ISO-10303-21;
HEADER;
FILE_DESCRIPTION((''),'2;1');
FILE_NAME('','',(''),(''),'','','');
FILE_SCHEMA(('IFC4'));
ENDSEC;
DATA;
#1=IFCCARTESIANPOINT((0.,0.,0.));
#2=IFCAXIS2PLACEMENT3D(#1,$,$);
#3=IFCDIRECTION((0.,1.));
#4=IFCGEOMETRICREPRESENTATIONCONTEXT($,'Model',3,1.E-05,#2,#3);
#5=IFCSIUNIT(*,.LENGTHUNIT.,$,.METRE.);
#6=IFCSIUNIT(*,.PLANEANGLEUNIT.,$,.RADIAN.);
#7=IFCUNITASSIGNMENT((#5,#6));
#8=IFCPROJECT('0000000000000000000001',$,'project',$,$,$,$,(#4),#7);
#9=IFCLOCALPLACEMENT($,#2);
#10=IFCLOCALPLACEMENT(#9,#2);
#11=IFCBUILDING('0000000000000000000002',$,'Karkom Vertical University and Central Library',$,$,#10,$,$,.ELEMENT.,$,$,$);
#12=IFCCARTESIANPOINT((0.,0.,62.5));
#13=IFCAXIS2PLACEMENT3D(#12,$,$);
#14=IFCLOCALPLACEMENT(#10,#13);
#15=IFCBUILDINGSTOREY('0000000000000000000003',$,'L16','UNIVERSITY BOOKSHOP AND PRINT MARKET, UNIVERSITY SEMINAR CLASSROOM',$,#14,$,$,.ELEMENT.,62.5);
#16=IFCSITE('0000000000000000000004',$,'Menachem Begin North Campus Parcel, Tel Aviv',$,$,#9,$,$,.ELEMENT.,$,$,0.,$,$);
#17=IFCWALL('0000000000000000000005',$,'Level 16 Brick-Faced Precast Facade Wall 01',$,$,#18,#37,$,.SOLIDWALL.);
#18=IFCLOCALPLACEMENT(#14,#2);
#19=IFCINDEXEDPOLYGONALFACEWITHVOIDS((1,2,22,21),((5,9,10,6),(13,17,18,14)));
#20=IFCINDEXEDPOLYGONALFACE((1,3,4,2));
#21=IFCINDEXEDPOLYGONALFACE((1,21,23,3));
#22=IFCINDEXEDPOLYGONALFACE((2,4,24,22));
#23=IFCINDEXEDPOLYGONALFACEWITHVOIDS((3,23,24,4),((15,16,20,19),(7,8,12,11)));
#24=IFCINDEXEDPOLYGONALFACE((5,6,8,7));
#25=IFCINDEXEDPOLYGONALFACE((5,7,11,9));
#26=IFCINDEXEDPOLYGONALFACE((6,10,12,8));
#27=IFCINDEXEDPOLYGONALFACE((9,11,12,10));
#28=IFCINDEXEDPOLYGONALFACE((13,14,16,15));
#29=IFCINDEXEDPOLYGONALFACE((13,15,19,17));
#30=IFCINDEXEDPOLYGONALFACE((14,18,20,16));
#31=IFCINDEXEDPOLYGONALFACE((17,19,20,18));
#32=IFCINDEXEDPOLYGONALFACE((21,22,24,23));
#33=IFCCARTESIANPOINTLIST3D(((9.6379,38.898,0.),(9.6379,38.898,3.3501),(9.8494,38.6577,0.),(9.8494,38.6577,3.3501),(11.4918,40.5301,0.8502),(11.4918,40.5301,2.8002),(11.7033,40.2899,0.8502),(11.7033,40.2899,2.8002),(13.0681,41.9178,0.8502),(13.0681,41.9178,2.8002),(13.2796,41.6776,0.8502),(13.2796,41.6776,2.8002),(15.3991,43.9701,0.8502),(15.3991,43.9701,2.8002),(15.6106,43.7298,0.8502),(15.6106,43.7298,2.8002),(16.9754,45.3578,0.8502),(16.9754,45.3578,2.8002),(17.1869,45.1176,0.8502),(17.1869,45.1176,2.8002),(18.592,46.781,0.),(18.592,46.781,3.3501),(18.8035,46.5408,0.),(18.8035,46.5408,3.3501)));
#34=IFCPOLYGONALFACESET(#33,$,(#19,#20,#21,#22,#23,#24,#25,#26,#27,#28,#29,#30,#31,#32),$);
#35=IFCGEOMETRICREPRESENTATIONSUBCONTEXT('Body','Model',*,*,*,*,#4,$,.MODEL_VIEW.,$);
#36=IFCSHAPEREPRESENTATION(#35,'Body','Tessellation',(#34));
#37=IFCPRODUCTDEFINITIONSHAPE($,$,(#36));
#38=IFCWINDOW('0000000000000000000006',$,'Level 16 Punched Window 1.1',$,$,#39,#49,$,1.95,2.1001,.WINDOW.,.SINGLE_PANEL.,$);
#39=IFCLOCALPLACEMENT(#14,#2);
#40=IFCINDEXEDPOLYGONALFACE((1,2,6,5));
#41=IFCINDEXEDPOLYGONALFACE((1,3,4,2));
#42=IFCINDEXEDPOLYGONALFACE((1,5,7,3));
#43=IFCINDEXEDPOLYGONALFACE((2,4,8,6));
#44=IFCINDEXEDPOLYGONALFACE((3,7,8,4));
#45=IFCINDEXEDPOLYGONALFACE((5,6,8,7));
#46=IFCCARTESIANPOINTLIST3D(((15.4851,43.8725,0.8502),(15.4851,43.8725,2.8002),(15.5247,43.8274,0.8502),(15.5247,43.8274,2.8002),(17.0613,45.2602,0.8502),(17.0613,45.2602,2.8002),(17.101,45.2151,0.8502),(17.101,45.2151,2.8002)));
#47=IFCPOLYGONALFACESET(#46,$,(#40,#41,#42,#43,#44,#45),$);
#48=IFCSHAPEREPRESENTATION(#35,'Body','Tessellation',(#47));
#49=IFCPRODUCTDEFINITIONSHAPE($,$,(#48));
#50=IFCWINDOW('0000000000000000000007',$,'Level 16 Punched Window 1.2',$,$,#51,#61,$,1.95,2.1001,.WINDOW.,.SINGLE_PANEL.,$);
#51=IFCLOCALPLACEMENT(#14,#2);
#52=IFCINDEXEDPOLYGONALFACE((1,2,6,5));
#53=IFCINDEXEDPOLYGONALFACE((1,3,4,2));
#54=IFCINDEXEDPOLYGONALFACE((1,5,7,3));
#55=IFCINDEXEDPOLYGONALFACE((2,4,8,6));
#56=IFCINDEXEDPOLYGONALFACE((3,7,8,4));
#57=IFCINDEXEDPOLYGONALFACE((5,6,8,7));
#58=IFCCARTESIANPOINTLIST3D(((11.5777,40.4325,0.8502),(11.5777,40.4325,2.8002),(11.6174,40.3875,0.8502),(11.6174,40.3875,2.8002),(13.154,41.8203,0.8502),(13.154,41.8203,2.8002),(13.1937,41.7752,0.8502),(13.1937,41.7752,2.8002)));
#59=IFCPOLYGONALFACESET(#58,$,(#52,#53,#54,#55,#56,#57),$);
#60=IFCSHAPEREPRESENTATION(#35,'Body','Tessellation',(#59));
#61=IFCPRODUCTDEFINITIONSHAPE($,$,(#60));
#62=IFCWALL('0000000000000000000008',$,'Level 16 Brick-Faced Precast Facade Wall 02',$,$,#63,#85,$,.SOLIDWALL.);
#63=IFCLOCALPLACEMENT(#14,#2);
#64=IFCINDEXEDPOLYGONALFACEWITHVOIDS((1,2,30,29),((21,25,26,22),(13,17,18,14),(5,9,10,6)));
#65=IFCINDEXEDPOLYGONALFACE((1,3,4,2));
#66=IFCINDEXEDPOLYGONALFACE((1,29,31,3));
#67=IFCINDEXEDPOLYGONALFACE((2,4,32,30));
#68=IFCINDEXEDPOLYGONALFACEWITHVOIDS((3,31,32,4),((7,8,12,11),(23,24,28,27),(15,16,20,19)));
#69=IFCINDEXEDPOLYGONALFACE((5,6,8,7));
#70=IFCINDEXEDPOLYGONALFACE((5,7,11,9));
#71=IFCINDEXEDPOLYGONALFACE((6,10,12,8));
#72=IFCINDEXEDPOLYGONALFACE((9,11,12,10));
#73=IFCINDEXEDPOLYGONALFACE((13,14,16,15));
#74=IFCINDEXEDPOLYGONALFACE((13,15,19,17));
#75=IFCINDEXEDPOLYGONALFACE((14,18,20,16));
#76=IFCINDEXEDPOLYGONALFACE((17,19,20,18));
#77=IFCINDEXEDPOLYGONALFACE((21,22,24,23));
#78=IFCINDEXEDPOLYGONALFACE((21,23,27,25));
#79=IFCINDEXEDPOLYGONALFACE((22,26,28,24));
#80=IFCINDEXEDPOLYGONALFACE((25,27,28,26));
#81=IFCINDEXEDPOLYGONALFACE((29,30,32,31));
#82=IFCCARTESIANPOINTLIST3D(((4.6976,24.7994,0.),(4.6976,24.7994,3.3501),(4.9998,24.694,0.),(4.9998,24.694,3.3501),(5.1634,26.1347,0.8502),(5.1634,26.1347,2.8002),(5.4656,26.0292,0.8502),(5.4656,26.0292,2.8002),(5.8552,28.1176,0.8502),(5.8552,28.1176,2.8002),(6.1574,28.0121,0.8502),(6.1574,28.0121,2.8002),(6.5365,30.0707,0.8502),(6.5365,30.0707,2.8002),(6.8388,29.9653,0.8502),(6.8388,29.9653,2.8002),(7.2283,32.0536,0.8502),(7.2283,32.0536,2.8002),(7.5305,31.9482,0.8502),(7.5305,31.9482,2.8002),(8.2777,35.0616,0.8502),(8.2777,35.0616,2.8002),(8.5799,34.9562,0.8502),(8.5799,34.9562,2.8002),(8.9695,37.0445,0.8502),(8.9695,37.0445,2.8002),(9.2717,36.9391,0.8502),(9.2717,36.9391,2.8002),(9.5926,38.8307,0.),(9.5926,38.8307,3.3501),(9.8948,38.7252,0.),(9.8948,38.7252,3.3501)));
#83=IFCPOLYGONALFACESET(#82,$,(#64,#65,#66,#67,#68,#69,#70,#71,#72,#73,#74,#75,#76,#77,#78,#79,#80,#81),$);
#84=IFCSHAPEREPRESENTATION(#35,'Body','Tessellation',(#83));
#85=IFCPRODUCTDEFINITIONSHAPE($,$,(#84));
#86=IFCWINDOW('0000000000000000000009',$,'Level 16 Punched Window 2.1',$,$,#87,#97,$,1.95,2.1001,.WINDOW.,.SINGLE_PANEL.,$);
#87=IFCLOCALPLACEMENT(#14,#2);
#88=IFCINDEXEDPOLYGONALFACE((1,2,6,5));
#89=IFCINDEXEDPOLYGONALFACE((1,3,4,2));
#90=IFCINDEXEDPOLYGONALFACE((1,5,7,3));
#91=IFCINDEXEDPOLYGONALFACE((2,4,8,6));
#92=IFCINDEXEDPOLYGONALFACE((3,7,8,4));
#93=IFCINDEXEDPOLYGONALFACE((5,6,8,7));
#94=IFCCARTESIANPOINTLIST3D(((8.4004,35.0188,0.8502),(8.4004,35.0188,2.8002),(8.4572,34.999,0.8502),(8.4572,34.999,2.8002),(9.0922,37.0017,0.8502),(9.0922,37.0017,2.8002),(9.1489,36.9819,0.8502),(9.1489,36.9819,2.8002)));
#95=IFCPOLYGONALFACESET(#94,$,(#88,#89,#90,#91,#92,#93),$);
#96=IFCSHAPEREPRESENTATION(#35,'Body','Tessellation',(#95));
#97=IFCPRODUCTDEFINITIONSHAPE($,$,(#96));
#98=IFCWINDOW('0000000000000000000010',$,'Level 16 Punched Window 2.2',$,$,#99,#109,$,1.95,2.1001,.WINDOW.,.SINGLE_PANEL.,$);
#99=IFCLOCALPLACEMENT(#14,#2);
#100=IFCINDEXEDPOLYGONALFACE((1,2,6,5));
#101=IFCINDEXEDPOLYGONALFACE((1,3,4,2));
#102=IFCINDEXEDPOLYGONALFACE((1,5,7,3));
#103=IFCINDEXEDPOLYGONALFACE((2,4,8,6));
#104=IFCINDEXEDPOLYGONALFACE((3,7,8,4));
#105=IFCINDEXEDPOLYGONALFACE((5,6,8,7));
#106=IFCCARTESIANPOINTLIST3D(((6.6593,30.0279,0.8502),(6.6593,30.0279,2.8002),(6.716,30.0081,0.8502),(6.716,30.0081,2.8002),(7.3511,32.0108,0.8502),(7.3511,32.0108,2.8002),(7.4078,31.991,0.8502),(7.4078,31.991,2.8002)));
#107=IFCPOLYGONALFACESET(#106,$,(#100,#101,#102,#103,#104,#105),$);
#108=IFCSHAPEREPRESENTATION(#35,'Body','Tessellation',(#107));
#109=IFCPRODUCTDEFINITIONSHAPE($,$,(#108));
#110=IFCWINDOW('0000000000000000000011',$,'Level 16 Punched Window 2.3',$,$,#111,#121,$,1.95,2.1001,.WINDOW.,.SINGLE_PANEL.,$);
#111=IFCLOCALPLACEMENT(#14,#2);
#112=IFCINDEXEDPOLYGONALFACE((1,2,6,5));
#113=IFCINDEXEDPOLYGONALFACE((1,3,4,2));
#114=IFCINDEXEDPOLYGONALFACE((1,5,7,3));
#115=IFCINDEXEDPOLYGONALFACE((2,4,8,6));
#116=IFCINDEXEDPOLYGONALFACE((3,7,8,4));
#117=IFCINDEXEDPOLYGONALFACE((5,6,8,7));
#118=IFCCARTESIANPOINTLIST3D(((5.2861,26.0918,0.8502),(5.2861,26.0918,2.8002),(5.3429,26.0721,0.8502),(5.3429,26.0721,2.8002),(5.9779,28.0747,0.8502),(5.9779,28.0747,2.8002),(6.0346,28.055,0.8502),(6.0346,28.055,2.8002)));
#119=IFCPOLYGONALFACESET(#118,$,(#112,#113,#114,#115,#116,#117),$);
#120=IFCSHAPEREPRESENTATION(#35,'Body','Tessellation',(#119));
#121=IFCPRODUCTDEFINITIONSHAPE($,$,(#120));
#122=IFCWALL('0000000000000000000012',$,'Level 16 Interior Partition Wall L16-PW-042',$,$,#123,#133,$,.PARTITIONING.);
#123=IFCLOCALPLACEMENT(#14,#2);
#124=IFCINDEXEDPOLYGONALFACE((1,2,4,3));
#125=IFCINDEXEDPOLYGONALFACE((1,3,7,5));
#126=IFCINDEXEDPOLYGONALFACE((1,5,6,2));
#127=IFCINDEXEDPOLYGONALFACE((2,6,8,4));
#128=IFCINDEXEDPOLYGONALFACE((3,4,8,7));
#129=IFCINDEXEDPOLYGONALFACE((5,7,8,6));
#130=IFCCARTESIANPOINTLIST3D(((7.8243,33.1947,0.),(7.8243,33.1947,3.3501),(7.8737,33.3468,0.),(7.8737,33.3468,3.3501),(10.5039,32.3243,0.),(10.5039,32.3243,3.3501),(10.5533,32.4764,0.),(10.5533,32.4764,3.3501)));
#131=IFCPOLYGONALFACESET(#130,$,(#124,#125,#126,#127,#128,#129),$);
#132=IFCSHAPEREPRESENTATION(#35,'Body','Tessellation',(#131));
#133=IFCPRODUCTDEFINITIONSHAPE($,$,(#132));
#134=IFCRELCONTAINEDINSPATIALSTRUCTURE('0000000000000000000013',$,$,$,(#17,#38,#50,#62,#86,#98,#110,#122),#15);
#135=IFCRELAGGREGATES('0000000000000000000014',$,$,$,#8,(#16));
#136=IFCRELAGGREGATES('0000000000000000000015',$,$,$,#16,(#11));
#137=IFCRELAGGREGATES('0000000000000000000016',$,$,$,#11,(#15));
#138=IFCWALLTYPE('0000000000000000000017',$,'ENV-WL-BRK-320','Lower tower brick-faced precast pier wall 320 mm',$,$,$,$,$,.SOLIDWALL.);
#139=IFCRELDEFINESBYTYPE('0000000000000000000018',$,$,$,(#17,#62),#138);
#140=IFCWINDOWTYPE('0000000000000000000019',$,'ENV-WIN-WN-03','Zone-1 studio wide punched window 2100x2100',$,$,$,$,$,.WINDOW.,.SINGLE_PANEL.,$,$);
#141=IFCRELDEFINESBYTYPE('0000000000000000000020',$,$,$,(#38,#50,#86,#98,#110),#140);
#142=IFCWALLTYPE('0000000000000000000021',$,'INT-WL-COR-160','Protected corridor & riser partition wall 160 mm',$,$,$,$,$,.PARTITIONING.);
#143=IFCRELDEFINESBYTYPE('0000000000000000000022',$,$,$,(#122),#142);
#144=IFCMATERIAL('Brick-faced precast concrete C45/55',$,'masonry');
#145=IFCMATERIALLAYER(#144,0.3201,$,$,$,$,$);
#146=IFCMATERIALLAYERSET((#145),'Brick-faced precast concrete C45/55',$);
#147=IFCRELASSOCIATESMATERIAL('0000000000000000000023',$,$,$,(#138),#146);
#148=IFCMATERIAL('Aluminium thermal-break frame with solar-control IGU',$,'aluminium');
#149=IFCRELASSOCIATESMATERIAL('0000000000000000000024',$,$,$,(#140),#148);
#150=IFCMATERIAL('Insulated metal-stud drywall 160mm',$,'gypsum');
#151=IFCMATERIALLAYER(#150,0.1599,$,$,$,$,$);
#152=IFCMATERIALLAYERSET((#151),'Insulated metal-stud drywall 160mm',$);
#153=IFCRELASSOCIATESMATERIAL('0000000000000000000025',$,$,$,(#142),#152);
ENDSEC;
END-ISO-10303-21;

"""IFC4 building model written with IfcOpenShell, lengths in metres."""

from ifc_helpers import new_model, si_unit, direction, frame, frame_2d, origin, origin_with_axes, place, context, subcontext, project, spatial, rectangle, extrude, source, transform, mapped, material, layer, layer_set, type_object, element, fill, save


model = new_model("IFC4")

# Units and contexts
model_context = context("Model", 3, precision=1e-05, world=origin(), true_north=direction((0.0, 1.0)))
body_context = subcontext(model_context, "Body", "Model", "MODEL_VIEW")
ifc_project = project(units=[si_unit("LENGTHUNIT", "METRE"), si_unit("PLANEANGLEUNIT", "RADIAN")], contexts=[model_context])

# Site, building, storey
site_placement = place(None, origin())
site = spatial("IfcSite", under=ifc_project, at=site_placement, Name="Menachem Begin North Campus Parcel, Tel Aviv", CompositionType="ELEMENT", RefElevation=0.0)
building_placement = place(site_placement, origin())
building = spatial("IfcBuilding", under=site, at=building_placement, Name="Karkom Vertical University and Central Library", CompositionType="ELEMENT")
storey_placement = place(building_placement, frame((0.0, 0.0, 62.5)))
storey = spatial("IfcBuildingStorey", under=building, at=storey_placement, Name="L16", Description="UNIVERSITY BOOKSHOP AND PRINT MARKET, UNIVERSITY SEMINAR CLASSROOM", CompositionType="ELEMENT", Elevation=62.5)

# Walls, openings, windows
ifc_material_1 = material(Name="Brick-faced precast concrete C45/55", Category="masonry")
ifc_layer_1 = layer(ifc_material_1, 0.3201)
ifc_layer_set_1 = layer_set([ifc_layer_1], Name="Brick-faced precast concrete C45/55")
wall_type_1 = type_object("IfcWallType", Name="ENV-WL-BRK-320", Description="Lower tower brick-faced precast pier wall 320 mm", PredefinedType="SOLIDWALL", material=ifc_layer_set_1)
wall_1_placement = place(storey_placement, frame((18.6978, 46.6609, 0.0), z_axis=(0.0, 0.0, 1.0), x_axis=(-0.75057, -0.660791, 0.0)))
wall_1 = element("IfcWall", 1, at=wall_1_placement, inside=storey, type_object=wall_type_1, Name="Level 16 Brick-Faced Precast Facade Wall 01", PredefinedType="SOLIDWALL", context=body_context, shape_type="SweptSolid", body=[
    extrude(rectangle(XDim=11.9297, YDim=0.3201, at=frame_2d((5.9648, 0.0))), origin(), (0.0, 0.0, 1.0), 3.3501),
])
opening_1_placement = place(wall_1_placement, frame((2.1538, 0.0, 0.8501)))
opening_1 = element("IfcOpeningElement", 2, at=opening_1_placement, cuts=wall_1, PredefinedType="OPENING", context=body_context, shape_type="SweptSolid", body=[
    extrude(rectangle(XDim=2.1001, YDim=1.95, at=frame_2d((1.05, 0.9751))), frame((0.0, 0.1699, 0.0), z_axis=(0.0, -1.0, 0.0), x_axis=(1.0, 0.0, 0.0)), (0.0, 0.0, 1.0), 0.3401),
])
opening_2_placement = place(wall_1_placement, frame((7.3596, 0.0, 0.8501)))
opening_2 = element("IfcOpeningElement", 3, at=opening_2_placement, cuts=wall_1, PredefinedType="OPENING", context=body_context, shape_type="SweptSolid", body=[
    extrude(rectangle(XDim=2.1001, YDim=1.95, at=frame_2d((1.05, 0.9751))), frame((0.0, 0.1699, 0.0), z_axis=(0.0, -1.0, 0.0), x_axis=(1.0, 0.0, 0.0)), (0.0, 0.0, 1.0), 0.3401),
])
ifc_material_2 = material(Name="Aluminium thermal-break frame with solar-control IGU", Category="aluminium")
window_type = type_object("IfcWindowType", Name="ENV-WIN-WN-03", Description="Zone-1 studio wide punched window 2100x2100", PartitioningType="SINGLE_PANEL", PredefinedType="WINDOW", material=ifc_material_2)
shared_shape_1 = source(origin_with_axes(), body_context, "Body", "SweptSolid", [
    extrude(rectangle(XDim=2.1001, YDim=1.95, at=frame_2d((1.05, 0.9751))), frame((0.0, 0.03, 0.0), z_axis=(0.0, -1.0, 0.0), x_axis=(1.0, 0.0, 0.0)), (0.0, 0.0, 1.0), 0.0601),
])
window_1_placement = place(opening_1_placement, origin())
window_1 = element("IfcWindow", 4, at=window_1_placement, inside=storey, type_object=window_type, Name="Level 16 Punched Window 1.1", OverallHeight=1.95, OverallWidth=2.1001, PartitioningType="SINGLE_PANEL", PredefinedType="WINDOW", context=body_context, shape_type="MappedRepresentation", body=[
    mapped(shared_shape_1, transform((0.0, 0.0, 0.0), scale=1.0)),
])
fill(opening_1, window_1)
window_2_placement = place(opening_2_placement, origin())
window_2 = element("IfcWindow", 5, at=window_2_placement, inside=storey, type_object=window_type, Name="Level 16 Punched Window 1.2", OverallHeight=1.95, OverallWidth=2.1001, PartitioningType="SINGLE_PANEL", PredefinedType="WINDOW", context=body_context, shape_type="MappedRepresentation", body=[
    mapped(shared_shape_1, transform((0.0, 0.0, 0.0), scale=1.0)),
])
fill(opening_2, window_2)
wall_2_placement = place(storey_placement, frame((9.7437, 38.7778, 0.0), z_axis=(0.0, 0.0, 1.0), x_axis=(-0.329396, -0.944192, 0.0)))
wall_2 = element("IfcWall", 6, at=wall_2_placement, inside=storey, type_object=wall_type_1, Name="Level 16 Brick-Faced Precast Facade Wall 02", PredefinedType="SOLIDWALL", context=body_context, shape_type="SweptSolid", body=[
    extrude(rectangle(XDim=14.8606, YDim=0.3201, at=frame_2d((7.4302, 0.0))), origin(), (0.0, 0.0, 1.0), 3.3501),
])
opening_3_placement = place(wall_2_placement, frame((1.8916, 0.0, 0.8501)))
opening_3 = element("IfcOpeningElement", 7, at=opening_3_placement, cuts=wall_2, PredefinedType="OPENING", context=body_context, shape_type="SweptSolid", body=[
    extrude(rectangle(XDim=2.1001, YDim=1.95, at=frame_2d((1.05, 0.9751))), frame((0.0, 0.1699, 0.0), z_axis=(0.0, -1.0, 0.0), x_axis=(1.0, 0.0, 0.0)), (0.0, 0.0, 1.0), 0.3401),
])
opening_4_placement = place(wall_2_placement, frame((7.1775, 0.0, 0.8501)))
opening_4 = element("IfcOpeningElement", 8, at=opening_4_placement, cuts=wall_2, PredefinedType="OPENING", context=body_context, shape_type="SweptSolid", body=[
    extrude(rectangle(XDim=2.1001, YDim=1.95, at=frame_2d((1.05, 0.9751))), frame((0.0, 0.1699, 0.0), z_axis=(0.0, -1.0, 0.0), x_axis=(1.0, 0.0, 0.0)), (0.0, 0.0, 1.0), 0.3401),
])
opening_5_placement = place(wall_2_placement, frame((11.3462, 0.0, 0.8501)))
opening_5 = element("IfcOpeningElement", 9, at=opening_5_placement, cuts=wall_2, PredefinedType="OPENING", context=body_context, shape_type="SweptSolid", body=[
    extrude(rectangle(XDim=2.1001, YDim=1.95, at=frame_2d((1.05, 0.9751))), frame((0.0, 0.1699, 0.0), z_axis=(0.0, -1.0, 0.0), x_axis=(1.0, 0.0, 0.0)), (0.0, 0.0, 1.0), 0.3401),
])
window_3_placement = place(opening_3_placement, origin())
window_3 = element("IfcWindow", 10, at=window_3_placement, inside=storey, type_object=window_type, Name="Level 16 Punched Window 2.1", OverallHeight=1.95, OverallWidth=2.1001, PartitioningType="SINGLE_PANEL", PredefinedType="WINDOW", context=body_context, shape_type="MappedRepresentation", body=[
    mapped(shared_shape_1, transform((0.0, 0.0, 0.0), scale=1.0)),
])
fill(opening_3, window_3)
window_4_placement = place(opening_4_placement, origin())
window_4 = element("IfcWindow", 11, at=window_4_placement, inside=storey, type_object=window_type, Name="Level 16 Punched Window 2.2", OverallHeight=1.95, OverallWidth=2.1001, PartitioningType="SINGLE_PANEL", PredefinedType="WINDOW", context=body_context, shape_type="MappedRepresentation", body=[
    mapped(shared_shape_1, transform((0.0, 0.0, 0.0), scale=1.0)),
])
fill(opening_4, window_4)
window_5_placement = place(opening_5_placement, origin())
window_5 = element("IfcWindow", 12, at=window_5_placement, inside=storey, type_object=window_type, Name="Level 16 Punched Window 2.3", OverallHeight=1.95, OverallWidth=2.1001, PartitioningType="SINGLE_PANEL", PredefinedType="WINDOW", context=body_context, shape_type="MappedRepresentation", body=[
    mapped(shared_shape_1, transform((0.0, 0.0, 0.0), scale=1.0)),
])
fill(opening_5, window_5)

# Shared definitions
ifc_material_3 = material(Name="Insulated metal-stud drywall 160mm", Category="gypsum")
ifc_layer_2 = layer(ifc_material_3, 0.1599)
ifc_layer_set_2 = layer_set([ifc_layer_2], Name="Insulated metal-stud drywall 160mm")
wall_type_2 = type_object("IfcWallType", Name="INT-WL-COR-160", Description="Protected corridor & riser partition wall 160 mm", PredefinedType="PARTITIONING", material=ifc_layer_set_2)

# Wall
wall_3_placement = place(storey_placement, frame((10.5286, 32.4004, 0.0), z_axis=(0.0, 0.0, 1.0), x_axis=(-0.95109, 0.308914, 0.0)))
element("IfcWall", 13, at=wall_3_placement, inside=storey, type_object=wall_type_2, Name="Level 16 Interior Partition Wall L16-PW-042", PredefinedType="PARTITIONING", context=body_context, shape_type="SweptSolid", body=[
    extrude(rectangle(XDim=2.8174, YDim=0.1599, at=frame_2d((1.4087, 0.0))), origin(), (0.0, 0.0, 1.0), 3.3501),
])

save(model, "model.ifc")
